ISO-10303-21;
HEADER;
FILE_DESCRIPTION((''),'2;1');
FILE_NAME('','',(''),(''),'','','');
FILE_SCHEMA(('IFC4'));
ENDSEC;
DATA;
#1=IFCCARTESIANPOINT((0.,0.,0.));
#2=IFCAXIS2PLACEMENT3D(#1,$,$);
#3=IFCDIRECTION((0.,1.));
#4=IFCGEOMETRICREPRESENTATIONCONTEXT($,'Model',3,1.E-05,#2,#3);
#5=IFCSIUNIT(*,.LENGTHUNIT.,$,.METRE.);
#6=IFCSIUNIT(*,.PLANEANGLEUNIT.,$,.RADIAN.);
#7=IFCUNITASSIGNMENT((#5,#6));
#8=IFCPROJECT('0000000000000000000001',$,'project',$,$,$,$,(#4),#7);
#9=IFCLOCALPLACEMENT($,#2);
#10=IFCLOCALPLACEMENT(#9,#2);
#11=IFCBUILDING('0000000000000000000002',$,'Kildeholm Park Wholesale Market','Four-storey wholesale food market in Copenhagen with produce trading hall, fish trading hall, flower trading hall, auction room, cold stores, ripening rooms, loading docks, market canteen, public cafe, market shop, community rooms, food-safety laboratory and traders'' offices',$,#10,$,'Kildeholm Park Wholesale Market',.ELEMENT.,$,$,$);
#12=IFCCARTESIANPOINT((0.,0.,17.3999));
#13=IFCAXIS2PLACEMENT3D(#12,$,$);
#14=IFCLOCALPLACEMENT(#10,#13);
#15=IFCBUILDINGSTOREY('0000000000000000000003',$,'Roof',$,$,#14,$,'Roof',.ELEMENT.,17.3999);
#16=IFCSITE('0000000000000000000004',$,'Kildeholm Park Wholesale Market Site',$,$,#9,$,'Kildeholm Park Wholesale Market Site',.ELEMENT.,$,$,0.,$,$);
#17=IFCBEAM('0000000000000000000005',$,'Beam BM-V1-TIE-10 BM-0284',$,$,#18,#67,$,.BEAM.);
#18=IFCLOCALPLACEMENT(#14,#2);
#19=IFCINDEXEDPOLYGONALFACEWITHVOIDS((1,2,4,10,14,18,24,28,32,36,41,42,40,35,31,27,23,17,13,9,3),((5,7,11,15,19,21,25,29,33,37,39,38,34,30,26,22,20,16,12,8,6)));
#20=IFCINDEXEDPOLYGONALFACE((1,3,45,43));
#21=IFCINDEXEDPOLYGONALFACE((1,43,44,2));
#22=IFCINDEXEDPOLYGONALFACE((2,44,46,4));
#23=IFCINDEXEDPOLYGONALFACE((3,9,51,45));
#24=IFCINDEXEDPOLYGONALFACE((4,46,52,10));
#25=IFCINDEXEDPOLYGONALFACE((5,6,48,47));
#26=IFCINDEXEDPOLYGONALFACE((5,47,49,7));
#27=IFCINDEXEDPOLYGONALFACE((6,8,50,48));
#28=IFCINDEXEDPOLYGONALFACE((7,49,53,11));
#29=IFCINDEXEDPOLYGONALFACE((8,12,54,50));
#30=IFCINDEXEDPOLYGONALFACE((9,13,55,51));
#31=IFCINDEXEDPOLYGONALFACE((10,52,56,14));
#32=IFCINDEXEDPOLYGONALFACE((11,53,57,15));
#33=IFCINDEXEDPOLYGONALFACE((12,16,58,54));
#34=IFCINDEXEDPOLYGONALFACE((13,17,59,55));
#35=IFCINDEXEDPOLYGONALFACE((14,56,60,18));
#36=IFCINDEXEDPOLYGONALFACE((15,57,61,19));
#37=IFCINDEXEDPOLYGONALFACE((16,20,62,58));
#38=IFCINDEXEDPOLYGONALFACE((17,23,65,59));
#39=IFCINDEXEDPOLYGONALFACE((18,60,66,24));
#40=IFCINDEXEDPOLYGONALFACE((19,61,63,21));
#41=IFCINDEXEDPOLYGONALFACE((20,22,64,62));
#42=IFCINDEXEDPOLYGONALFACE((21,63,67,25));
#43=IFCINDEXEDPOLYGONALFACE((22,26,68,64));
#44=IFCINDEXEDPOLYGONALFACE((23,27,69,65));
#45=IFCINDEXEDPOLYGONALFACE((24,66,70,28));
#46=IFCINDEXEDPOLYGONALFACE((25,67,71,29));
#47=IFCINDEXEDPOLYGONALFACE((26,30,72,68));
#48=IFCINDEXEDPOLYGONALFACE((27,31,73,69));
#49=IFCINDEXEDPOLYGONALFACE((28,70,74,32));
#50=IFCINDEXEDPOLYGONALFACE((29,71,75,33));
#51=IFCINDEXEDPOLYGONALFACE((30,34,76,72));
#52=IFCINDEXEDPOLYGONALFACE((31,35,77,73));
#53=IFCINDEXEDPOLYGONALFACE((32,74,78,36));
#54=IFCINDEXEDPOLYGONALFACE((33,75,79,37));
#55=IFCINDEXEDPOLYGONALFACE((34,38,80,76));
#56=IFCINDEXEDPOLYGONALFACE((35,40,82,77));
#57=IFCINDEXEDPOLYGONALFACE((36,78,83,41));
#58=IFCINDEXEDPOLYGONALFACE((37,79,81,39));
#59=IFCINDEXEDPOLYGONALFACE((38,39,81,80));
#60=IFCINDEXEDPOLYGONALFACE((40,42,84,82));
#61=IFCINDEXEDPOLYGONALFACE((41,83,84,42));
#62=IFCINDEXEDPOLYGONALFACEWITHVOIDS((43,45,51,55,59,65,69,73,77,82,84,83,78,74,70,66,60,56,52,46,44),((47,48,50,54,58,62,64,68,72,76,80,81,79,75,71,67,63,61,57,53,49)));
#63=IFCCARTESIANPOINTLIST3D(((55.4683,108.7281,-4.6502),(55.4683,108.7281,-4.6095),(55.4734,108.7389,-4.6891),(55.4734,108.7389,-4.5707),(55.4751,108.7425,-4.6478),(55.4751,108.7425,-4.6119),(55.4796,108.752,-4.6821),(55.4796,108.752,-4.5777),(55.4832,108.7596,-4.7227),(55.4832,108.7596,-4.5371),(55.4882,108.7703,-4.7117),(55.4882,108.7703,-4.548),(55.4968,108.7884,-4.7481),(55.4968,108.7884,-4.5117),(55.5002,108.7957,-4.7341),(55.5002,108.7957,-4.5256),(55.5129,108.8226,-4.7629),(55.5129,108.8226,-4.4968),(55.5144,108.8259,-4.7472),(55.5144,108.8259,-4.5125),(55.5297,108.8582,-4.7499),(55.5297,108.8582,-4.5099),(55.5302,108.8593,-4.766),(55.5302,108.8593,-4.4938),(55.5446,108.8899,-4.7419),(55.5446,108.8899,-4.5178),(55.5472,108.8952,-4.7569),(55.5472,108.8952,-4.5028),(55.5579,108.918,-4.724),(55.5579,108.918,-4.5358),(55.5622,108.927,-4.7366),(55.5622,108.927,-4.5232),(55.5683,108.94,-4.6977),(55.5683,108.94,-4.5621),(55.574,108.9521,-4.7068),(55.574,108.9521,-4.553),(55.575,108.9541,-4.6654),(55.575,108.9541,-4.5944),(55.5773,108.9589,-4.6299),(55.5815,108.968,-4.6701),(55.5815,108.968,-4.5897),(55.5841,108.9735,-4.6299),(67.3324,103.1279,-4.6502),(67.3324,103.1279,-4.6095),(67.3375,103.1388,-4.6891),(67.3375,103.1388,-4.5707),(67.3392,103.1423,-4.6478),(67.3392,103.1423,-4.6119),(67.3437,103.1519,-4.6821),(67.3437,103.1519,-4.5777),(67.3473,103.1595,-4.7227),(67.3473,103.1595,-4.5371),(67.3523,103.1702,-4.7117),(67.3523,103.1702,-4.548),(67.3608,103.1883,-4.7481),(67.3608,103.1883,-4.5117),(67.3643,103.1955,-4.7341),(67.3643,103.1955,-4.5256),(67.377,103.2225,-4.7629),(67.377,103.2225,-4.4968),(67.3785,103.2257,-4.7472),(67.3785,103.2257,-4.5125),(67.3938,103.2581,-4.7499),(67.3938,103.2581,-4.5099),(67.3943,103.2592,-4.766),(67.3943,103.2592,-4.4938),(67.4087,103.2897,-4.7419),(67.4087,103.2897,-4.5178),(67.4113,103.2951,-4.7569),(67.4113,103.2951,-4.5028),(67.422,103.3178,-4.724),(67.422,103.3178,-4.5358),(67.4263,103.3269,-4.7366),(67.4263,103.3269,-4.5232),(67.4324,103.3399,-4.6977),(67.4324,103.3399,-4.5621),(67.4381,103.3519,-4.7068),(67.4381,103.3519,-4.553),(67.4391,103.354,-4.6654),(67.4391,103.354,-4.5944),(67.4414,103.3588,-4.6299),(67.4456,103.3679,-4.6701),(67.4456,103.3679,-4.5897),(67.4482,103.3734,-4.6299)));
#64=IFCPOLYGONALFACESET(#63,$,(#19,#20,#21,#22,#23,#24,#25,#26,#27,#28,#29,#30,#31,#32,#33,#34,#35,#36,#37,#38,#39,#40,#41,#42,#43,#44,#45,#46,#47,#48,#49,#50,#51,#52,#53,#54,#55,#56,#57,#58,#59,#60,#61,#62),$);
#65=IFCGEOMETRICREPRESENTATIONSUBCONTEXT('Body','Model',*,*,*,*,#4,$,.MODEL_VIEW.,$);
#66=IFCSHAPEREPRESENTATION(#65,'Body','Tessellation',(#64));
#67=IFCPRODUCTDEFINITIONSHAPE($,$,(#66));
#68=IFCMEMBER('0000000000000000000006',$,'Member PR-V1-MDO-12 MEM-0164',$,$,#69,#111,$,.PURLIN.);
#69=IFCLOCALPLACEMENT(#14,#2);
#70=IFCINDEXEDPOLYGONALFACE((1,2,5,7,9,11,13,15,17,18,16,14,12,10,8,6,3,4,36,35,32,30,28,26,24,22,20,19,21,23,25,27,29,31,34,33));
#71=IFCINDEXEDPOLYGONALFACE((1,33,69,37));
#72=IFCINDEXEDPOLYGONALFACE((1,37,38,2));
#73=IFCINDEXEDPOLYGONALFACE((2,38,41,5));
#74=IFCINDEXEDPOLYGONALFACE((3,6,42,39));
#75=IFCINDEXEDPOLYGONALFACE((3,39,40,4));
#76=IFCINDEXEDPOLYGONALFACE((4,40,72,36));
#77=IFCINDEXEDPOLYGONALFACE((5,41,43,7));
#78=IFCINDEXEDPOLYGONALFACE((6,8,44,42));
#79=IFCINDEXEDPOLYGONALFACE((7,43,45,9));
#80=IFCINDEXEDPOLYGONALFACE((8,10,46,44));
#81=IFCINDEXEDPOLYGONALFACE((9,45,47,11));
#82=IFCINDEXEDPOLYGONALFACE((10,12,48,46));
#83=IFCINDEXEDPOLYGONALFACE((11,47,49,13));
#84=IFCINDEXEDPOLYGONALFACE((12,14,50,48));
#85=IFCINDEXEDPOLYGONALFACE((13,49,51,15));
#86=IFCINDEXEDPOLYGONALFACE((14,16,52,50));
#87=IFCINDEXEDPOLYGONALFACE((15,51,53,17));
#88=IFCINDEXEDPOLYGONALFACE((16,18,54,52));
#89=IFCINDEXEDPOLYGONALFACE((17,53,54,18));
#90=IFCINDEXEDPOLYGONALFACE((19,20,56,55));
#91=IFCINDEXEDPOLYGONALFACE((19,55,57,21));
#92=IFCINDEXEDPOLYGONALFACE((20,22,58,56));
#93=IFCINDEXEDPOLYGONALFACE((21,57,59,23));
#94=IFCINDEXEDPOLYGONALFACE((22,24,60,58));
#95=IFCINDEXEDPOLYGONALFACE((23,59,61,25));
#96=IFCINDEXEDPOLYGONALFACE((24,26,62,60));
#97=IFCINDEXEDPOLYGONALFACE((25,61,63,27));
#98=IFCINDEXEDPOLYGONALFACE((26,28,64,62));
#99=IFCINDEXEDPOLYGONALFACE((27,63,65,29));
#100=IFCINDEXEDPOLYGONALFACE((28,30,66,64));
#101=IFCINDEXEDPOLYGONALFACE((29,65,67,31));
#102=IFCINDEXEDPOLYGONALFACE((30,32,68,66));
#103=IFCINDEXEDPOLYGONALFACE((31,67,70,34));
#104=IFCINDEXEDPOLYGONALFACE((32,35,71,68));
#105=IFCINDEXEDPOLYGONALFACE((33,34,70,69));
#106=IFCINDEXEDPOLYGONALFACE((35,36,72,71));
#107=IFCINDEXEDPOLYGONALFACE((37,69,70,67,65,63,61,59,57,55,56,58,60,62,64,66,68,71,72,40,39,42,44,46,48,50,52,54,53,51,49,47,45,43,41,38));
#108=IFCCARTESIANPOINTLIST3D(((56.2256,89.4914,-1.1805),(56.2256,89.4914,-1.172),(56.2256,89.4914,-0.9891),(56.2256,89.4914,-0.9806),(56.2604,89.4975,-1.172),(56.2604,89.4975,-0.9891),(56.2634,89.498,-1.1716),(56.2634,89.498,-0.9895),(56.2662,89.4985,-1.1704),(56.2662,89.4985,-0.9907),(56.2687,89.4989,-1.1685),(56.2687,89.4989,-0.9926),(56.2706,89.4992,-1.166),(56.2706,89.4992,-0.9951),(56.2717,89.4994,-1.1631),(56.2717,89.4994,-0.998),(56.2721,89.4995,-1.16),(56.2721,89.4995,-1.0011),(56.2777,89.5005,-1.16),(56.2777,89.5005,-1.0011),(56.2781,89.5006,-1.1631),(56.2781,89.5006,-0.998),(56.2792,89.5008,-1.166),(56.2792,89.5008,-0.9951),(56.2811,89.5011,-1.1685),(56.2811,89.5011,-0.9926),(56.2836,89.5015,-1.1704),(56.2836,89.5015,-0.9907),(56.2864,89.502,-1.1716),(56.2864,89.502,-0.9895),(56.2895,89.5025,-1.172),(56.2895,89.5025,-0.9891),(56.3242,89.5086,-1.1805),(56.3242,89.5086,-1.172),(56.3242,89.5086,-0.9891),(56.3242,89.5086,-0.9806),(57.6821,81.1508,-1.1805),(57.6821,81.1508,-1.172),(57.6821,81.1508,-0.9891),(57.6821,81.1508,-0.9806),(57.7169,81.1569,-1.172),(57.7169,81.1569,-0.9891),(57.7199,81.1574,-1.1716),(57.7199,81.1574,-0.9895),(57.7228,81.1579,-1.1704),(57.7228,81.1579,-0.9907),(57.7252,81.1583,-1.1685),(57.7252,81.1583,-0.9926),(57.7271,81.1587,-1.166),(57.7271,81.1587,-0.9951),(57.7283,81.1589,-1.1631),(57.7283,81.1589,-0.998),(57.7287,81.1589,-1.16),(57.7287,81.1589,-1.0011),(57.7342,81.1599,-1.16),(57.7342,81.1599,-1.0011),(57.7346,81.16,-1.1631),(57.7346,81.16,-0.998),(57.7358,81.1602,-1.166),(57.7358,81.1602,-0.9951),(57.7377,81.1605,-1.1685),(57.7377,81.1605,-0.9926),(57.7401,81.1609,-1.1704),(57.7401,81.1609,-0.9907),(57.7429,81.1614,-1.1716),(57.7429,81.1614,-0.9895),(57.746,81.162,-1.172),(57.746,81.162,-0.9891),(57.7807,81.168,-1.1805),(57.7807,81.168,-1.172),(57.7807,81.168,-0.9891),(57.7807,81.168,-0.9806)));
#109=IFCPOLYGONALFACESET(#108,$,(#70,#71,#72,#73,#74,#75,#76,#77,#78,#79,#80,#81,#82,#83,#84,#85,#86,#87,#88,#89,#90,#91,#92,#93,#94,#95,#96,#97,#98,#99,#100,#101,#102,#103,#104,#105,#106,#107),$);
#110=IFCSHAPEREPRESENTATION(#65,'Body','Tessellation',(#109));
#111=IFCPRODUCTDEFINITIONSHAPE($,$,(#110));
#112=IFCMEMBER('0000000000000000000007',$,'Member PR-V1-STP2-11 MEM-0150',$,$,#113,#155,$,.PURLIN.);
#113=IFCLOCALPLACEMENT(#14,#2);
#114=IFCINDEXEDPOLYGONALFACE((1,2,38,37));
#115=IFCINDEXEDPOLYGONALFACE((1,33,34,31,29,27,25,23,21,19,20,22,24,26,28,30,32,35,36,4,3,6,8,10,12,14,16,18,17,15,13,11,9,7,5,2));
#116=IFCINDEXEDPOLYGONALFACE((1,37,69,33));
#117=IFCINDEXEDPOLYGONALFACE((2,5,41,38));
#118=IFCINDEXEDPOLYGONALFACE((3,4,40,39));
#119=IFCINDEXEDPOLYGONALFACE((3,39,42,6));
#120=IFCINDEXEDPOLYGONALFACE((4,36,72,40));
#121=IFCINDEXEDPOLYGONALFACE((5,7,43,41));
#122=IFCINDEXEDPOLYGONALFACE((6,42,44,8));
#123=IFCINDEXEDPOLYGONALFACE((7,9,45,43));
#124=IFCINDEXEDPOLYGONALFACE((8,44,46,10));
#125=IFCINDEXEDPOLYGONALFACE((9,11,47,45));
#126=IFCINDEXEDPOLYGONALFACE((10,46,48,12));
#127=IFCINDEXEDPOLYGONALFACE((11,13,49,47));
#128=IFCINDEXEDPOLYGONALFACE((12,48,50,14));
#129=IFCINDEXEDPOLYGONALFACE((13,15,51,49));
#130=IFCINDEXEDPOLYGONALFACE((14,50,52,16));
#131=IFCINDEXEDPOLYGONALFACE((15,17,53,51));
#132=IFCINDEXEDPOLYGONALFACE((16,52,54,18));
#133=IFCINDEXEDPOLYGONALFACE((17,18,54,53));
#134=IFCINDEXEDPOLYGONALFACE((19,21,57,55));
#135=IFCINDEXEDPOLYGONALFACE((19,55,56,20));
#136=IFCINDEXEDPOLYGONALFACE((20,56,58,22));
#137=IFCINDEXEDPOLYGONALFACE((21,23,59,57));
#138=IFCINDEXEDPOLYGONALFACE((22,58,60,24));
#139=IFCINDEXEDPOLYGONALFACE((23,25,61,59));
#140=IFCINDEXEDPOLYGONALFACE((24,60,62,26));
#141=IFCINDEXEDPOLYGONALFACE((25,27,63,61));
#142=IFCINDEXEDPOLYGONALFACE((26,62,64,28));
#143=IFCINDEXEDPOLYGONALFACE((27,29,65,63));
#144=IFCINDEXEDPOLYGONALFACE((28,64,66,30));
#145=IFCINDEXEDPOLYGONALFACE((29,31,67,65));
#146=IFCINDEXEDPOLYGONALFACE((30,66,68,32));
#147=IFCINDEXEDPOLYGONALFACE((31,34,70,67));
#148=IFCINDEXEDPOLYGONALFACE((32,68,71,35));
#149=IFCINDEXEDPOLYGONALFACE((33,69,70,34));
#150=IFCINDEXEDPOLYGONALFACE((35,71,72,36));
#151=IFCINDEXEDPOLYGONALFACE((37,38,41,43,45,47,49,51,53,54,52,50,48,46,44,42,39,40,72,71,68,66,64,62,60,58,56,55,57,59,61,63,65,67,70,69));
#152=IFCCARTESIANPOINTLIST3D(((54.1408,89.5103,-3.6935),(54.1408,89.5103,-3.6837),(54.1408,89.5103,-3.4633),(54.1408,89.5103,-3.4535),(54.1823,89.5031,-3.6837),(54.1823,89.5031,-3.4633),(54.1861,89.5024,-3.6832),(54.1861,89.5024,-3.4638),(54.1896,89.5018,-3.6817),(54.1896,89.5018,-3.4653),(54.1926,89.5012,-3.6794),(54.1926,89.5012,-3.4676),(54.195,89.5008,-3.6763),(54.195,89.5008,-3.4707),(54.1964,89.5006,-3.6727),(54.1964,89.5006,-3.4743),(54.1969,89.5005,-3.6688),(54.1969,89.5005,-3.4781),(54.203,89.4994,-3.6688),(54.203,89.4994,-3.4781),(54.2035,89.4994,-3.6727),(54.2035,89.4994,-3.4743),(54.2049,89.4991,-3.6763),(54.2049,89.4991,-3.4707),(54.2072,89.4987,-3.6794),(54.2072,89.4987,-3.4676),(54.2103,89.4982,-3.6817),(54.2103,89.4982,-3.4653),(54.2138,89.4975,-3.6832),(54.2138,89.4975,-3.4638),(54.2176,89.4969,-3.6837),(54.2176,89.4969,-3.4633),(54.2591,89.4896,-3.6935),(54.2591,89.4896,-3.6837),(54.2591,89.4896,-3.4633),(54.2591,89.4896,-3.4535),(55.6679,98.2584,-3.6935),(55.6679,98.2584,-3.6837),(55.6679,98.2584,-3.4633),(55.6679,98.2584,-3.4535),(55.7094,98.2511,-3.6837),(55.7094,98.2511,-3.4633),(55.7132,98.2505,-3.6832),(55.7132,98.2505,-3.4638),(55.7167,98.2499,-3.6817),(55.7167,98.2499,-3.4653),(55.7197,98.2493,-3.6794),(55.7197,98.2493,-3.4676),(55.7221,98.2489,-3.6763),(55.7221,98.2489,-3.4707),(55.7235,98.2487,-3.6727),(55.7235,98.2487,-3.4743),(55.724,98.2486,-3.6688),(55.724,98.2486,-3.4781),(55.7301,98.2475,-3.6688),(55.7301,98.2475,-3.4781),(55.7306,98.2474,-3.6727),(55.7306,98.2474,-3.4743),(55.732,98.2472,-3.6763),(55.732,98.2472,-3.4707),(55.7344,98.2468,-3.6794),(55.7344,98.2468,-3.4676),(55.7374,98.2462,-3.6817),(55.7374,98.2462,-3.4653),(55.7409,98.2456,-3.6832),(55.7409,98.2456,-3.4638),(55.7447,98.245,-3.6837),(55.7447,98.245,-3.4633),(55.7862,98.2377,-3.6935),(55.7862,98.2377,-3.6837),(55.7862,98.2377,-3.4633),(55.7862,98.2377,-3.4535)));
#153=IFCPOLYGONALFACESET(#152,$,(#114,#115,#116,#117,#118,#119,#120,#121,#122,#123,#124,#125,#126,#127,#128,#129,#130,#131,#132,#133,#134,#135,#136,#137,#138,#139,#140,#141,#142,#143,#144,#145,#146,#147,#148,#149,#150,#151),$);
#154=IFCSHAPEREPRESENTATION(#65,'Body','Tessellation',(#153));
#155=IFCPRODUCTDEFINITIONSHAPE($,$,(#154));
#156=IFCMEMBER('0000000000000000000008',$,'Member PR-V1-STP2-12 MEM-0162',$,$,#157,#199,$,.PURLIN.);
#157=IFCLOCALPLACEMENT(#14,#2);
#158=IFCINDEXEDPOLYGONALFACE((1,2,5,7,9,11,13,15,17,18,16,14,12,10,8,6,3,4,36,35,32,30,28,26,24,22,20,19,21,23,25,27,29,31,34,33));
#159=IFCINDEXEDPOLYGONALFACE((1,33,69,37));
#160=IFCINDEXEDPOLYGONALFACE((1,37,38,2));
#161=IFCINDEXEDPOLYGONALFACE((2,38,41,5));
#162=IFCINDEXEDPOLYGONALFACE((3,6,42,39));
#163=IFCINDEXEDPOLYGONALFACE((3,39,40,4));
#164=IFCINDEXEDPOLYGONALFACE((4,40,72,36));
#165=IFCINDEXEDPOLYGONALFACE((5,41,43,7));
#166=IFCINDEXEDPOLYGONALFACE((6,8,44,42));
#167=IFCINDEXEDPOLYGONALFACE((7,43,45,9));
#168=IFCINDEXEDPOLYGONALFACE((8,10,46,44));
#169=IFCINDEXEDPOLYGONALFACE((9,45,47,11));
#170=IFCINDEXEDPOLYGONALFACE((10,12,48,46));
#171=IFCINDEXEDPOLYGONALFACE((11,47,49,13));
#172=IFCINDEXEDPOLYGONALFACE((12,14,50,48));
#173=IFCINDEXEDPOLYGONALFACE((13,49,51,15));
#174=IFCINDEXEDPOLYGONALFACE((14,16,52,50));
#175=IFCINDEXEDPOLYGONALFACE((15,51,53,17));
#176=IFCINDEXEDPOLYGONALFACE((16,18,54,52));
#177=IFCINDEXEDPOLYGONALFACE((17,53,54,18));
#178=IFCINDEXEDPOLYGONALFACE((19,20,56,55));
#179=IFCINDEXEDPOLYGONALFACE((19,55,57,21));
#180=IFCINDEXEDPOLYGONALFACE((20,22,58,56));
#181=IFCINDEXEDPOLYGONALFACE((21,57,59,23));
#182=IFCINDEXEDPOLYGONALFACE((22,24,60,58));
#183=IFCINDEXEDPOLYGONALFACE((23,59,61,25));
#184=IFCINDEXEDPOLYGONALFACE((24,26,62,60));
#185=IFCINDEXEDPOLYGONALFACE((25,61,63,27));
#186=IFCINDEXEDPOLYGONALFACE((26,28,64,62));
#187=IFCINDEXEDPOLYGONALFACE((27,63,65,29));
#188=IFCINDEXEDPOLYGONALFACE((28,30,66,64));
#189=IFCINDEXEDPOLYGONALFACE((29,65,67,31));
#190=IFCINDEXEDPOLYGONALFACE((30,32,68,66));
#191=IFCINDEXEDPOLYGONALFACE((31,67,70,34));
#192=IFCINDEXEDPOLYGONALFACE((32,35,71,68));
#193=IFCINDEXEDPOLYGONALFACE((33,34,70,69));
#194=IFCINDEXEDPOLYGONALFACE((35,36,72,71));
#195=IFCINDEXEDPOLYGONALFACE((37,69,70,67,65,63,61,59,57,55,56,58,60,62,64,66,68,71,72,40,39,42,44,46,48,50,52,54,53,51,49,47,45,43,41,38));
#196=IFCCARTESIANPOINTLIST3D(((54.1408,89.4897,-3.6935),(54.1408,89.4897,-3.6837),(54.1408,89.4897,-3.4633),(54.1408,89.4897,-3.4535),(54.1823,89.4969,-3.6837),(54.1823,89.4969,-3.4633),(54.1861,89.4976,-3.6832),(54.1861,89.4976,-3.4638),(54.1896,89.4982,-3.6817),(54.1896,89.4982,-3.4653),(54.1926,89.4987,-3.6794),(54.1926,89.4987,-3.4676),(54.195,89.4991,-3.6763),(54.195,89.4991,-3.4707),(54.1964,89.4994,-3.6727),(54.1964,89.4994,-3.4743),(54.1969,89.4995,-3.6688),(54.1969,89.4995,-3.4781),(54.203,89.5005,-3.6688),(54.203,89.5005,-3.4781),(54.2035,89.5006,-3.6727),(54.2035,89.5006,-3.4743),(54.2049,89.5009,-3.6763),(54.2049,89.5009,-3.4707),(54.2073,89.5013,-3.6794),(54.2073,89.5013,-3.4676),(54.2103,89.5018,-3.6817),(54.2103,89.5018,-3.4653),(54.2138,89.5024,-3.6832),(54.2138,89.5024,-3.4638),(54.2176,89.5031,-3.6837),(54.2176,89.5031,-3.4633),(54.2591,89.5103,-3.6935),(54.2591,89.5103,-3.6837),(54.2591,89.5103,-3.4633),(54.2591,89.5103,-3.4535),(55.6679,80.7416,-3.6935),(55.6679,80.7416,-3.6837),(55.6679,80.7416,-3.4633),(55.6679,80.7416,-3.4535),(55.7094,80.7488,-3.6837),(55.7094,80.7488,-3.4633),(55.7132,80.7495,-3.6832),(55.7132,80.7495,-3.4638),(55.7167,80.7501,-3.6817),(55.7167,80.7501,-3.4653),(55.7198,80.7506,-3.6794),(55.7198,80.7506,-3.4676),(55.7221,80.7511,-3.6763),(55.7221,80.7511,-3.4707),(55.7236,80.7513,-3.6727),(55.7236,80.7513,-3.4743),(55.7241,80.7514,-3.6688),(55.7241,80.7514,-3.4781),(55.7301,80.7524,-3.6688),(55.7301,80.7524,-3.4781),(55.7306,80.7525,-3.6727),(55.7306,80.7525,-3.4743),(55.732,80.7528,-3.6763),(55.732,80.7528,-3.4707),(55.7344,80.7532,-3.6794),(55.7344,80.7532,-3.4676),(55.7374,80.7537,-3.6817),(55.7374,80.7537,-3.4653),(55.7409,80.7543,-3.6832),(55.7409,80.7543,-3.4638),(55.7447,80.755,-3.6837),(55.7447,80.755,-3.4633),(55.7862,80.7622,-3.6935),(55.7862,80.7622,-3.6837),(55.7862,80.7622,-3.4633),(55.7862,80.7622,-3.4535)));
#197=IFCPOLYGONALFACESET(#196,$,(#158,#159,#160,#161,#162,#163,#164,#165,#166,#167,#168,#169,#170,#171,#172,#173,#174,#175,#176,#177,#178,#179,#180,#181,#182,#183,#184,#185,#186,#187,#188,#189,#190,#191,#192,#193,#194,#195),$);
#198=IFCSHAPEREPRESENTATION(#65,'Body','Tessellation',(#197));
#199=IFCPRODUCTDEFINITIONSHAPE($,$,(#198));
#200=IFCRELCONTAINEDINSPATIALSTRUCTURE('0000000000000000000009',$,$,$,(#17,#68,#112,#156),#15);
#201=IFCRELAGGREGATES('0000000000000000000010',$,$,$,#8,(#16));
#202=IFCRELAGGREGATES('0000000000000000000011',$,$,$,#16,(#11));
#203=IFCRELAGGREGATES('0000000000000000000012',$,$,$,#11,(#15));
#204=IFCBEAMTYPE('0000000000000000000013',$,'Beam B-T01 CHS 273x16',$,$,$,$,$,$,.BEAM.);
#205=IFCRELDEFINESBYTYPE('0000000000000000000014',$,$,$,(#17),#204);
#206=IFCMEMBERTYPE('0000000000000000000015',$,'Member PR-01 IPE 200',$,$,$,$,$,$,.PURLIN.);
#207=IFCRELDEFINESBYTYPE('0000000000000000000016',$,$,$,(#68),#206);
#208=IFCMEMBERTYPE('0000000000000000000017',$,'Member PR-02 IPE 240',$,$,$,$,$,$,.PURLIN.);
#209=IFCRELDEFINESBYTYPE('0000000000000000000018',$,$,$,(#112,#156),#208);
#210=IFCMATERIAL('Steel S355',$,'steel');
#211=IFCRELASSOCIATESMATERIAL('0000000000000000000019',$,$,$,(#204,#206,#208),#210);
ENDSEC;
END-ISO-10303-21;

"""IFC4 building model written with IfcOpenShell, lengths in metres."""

from ifc_helpers import new_model, si_unit, direction, frame, origin, origin_2d, place, context, subcontext, project, spatial, hollow_circle, i_section, extrude, material, material_profile, profile_set, type_object, element, save


model = new_model("IFC4")

# Units and contexts
model_context = context("Model", 3, precision=1e-05, world=origin(), true_north=direction((0.0, 1.0)))
body_context = subcontext(model_context, "Body", "Model", "MODEL_VIEW")
ifc_project = project(units=[si_unit("LENGTHUNIT", "METRE"), si_unit("PLANEANGLEUNIT", "RADIAN")], contexts=[model_context])

# Site, building, storey
site_placement = place(None, origin())
site = spatial("IfcSite", under=ifc_project, at=site_placement, Name="Kildeholm Park Wholesale Market Site", LongName="Kildeholm Park Wholesale Market Site", CompositionType="ELEMENT", RefElevation=0.0)
building_placement = place(site_placement, origin())
building = spatial("IfcBuilding", under=site, at=building_placement, Name="Kildeholm Park Wholesale Market", Description="Four-storey wholesale food market in Copenhagen with produce trading hall, fish trading hall, flower trading hall, auction room, cold stores, ripening rooms, loading docks, market canteen, public cafe, market shop, community rooms, food-safety laboratory and traders' offices", LongName="Kildeholm Park Wholesale Market", CompositionType="ELEMENT")
storey_placement = place(building_placement, frame((0.0, 0.0, 17.3999)))
storey = spatial("IfcBuildingStorey", under=building, at=storey_placement, Name="Roof", LongName="Roof", CompositionType="ELEMENT", Elevation=17.3999)

# Beam
ifc_material_1 = material(Name="Steel S355", Category="steel")
ifc_material_profile_1 = material_profile(ifc_material_1, hollow_circle(Radius=0.1365, WallThickness=0.0161, at=origin_2d()), Name="CHS 273x16")
ifc_profile_set_1 = profile_set([ifc_material_profile_1], Name="Steel S355")
beam_type = type_object("IfcBeamType", Name="Beam B-T01 CHS 273x16", PredefinedType="BEAM", material=ifc_profile_set_1)
beam_placement = place(storey_placement, frame((55.5259, 108.8501, -4.6299), z_axis=(0.904318, -0.42686, 0.0), x_axis=(0.42686, 0.904318, 0.0)))
element("IfcBeam", 1, at=beam_placement, inside=storey, type_object=beam_type, Name="Beam BM-V1-TIE-10 BM-0284", PredefinedType="BEAM", context=body_context, shape_type="SweptSolid", body=[
    extrude(hollow_circle(Radius=0.1365, WallThickness=0.0161, at=origin_2d()), origin(), (0.0, 0.0, 1.0), 13.1194),
])

# Members
ifc_material_profile_2 = material_profile(ifc_material_1, i_section(OverallWidth=0.1001, OverallDepth=0.2, WebThickness=0.0056, FlangeThickness=0.0085, FilletRadius=0.012, at=origin_2d()), Name="IPE 200")
ifc_profile_set_2 = profile_set([ifc_material_profile_2], Name="Steel S355")
member_type_1 = type_object("IfcMemberType", Name="Member PR-01 IPE 200", PredefinedType="PURLIN", material=ifc_profile_set_2)
member_1_placement = place(storey_placement, frame((56.2749, 89.5, -1.0806), z_axis=(0.17203, -0.985092, 0.0), x_axis=(0.985092, 0.17203, 0.0)))
element("IfcMember", 2, at=member_1_placement, inside=storey, type_object=member_type_1, Name="Member PR-V1-MDO-12 MEM-0164", PredefinedType="PURLIN", context=body_context, shape_type="SweptSolid", body=[
    extrude(i_section(OverallWidth=0.1001, OverallDepth=0.2, WebThickness=0.0056, FlangeThickness=0.0085, FilletRadius=0.012, at=origin_2d()), origin(), (0.0, 0.0, 1.0), 8.4668),
])
ifc_material_profile_3 = material_profile(ifc_material_1, i_section(OverallWidth=0.1201, OverallDepth=0.24, WebThickness=0.0061, FlangeThickness=0.0098, FilletRadius=0.0149, at=origin_2d()), Name="IPE 240")
ifc_profile_set_3 = profile_set([ifc_material_profile_3], Name="Steel S355")
member_type_2 = type_object("IfcMemberType", Name="Member PR-02 IPE 240", PredefinedType="PURLIN", material=ifc_profile_set_3)
for number, where, z_axis, x_axis, name in (
    (3, (55.7271, 98.248, -3.5735), (-0.171964, -0.985103, 0.0), (0.985103, -0.171964, 0.0), "Member PR-V1-STP2-11 MEM-0150"),
    (4, (54.2, 89.5, -3.5735), (0.171964, -0.985103, 0.0), (0.985103, 0.171964, 0.0), "Member PR-V1-STP2-12 MEM-0162"),
):
    element("IfcMember", number, at=place(storey_placement, frame(where, z_axis=z_axis, x_axis=x_axis)), inside=storey, type_object=member_type_2, Name=name, PredefinedType="PURLIN", context=body_context, shape_type="SweptSolid", body=[
        extrude(i_section(OverallWidth=0.1201, OverallDepth=0.24, WebThickness=0.0061, FlangeThickness=0.0098, FilletRadius=0.0149, at=origin_2d()), origin(), (0.0, 0.0, 1.0), 8.8804),
    ])

save(model, "model.ifc")
